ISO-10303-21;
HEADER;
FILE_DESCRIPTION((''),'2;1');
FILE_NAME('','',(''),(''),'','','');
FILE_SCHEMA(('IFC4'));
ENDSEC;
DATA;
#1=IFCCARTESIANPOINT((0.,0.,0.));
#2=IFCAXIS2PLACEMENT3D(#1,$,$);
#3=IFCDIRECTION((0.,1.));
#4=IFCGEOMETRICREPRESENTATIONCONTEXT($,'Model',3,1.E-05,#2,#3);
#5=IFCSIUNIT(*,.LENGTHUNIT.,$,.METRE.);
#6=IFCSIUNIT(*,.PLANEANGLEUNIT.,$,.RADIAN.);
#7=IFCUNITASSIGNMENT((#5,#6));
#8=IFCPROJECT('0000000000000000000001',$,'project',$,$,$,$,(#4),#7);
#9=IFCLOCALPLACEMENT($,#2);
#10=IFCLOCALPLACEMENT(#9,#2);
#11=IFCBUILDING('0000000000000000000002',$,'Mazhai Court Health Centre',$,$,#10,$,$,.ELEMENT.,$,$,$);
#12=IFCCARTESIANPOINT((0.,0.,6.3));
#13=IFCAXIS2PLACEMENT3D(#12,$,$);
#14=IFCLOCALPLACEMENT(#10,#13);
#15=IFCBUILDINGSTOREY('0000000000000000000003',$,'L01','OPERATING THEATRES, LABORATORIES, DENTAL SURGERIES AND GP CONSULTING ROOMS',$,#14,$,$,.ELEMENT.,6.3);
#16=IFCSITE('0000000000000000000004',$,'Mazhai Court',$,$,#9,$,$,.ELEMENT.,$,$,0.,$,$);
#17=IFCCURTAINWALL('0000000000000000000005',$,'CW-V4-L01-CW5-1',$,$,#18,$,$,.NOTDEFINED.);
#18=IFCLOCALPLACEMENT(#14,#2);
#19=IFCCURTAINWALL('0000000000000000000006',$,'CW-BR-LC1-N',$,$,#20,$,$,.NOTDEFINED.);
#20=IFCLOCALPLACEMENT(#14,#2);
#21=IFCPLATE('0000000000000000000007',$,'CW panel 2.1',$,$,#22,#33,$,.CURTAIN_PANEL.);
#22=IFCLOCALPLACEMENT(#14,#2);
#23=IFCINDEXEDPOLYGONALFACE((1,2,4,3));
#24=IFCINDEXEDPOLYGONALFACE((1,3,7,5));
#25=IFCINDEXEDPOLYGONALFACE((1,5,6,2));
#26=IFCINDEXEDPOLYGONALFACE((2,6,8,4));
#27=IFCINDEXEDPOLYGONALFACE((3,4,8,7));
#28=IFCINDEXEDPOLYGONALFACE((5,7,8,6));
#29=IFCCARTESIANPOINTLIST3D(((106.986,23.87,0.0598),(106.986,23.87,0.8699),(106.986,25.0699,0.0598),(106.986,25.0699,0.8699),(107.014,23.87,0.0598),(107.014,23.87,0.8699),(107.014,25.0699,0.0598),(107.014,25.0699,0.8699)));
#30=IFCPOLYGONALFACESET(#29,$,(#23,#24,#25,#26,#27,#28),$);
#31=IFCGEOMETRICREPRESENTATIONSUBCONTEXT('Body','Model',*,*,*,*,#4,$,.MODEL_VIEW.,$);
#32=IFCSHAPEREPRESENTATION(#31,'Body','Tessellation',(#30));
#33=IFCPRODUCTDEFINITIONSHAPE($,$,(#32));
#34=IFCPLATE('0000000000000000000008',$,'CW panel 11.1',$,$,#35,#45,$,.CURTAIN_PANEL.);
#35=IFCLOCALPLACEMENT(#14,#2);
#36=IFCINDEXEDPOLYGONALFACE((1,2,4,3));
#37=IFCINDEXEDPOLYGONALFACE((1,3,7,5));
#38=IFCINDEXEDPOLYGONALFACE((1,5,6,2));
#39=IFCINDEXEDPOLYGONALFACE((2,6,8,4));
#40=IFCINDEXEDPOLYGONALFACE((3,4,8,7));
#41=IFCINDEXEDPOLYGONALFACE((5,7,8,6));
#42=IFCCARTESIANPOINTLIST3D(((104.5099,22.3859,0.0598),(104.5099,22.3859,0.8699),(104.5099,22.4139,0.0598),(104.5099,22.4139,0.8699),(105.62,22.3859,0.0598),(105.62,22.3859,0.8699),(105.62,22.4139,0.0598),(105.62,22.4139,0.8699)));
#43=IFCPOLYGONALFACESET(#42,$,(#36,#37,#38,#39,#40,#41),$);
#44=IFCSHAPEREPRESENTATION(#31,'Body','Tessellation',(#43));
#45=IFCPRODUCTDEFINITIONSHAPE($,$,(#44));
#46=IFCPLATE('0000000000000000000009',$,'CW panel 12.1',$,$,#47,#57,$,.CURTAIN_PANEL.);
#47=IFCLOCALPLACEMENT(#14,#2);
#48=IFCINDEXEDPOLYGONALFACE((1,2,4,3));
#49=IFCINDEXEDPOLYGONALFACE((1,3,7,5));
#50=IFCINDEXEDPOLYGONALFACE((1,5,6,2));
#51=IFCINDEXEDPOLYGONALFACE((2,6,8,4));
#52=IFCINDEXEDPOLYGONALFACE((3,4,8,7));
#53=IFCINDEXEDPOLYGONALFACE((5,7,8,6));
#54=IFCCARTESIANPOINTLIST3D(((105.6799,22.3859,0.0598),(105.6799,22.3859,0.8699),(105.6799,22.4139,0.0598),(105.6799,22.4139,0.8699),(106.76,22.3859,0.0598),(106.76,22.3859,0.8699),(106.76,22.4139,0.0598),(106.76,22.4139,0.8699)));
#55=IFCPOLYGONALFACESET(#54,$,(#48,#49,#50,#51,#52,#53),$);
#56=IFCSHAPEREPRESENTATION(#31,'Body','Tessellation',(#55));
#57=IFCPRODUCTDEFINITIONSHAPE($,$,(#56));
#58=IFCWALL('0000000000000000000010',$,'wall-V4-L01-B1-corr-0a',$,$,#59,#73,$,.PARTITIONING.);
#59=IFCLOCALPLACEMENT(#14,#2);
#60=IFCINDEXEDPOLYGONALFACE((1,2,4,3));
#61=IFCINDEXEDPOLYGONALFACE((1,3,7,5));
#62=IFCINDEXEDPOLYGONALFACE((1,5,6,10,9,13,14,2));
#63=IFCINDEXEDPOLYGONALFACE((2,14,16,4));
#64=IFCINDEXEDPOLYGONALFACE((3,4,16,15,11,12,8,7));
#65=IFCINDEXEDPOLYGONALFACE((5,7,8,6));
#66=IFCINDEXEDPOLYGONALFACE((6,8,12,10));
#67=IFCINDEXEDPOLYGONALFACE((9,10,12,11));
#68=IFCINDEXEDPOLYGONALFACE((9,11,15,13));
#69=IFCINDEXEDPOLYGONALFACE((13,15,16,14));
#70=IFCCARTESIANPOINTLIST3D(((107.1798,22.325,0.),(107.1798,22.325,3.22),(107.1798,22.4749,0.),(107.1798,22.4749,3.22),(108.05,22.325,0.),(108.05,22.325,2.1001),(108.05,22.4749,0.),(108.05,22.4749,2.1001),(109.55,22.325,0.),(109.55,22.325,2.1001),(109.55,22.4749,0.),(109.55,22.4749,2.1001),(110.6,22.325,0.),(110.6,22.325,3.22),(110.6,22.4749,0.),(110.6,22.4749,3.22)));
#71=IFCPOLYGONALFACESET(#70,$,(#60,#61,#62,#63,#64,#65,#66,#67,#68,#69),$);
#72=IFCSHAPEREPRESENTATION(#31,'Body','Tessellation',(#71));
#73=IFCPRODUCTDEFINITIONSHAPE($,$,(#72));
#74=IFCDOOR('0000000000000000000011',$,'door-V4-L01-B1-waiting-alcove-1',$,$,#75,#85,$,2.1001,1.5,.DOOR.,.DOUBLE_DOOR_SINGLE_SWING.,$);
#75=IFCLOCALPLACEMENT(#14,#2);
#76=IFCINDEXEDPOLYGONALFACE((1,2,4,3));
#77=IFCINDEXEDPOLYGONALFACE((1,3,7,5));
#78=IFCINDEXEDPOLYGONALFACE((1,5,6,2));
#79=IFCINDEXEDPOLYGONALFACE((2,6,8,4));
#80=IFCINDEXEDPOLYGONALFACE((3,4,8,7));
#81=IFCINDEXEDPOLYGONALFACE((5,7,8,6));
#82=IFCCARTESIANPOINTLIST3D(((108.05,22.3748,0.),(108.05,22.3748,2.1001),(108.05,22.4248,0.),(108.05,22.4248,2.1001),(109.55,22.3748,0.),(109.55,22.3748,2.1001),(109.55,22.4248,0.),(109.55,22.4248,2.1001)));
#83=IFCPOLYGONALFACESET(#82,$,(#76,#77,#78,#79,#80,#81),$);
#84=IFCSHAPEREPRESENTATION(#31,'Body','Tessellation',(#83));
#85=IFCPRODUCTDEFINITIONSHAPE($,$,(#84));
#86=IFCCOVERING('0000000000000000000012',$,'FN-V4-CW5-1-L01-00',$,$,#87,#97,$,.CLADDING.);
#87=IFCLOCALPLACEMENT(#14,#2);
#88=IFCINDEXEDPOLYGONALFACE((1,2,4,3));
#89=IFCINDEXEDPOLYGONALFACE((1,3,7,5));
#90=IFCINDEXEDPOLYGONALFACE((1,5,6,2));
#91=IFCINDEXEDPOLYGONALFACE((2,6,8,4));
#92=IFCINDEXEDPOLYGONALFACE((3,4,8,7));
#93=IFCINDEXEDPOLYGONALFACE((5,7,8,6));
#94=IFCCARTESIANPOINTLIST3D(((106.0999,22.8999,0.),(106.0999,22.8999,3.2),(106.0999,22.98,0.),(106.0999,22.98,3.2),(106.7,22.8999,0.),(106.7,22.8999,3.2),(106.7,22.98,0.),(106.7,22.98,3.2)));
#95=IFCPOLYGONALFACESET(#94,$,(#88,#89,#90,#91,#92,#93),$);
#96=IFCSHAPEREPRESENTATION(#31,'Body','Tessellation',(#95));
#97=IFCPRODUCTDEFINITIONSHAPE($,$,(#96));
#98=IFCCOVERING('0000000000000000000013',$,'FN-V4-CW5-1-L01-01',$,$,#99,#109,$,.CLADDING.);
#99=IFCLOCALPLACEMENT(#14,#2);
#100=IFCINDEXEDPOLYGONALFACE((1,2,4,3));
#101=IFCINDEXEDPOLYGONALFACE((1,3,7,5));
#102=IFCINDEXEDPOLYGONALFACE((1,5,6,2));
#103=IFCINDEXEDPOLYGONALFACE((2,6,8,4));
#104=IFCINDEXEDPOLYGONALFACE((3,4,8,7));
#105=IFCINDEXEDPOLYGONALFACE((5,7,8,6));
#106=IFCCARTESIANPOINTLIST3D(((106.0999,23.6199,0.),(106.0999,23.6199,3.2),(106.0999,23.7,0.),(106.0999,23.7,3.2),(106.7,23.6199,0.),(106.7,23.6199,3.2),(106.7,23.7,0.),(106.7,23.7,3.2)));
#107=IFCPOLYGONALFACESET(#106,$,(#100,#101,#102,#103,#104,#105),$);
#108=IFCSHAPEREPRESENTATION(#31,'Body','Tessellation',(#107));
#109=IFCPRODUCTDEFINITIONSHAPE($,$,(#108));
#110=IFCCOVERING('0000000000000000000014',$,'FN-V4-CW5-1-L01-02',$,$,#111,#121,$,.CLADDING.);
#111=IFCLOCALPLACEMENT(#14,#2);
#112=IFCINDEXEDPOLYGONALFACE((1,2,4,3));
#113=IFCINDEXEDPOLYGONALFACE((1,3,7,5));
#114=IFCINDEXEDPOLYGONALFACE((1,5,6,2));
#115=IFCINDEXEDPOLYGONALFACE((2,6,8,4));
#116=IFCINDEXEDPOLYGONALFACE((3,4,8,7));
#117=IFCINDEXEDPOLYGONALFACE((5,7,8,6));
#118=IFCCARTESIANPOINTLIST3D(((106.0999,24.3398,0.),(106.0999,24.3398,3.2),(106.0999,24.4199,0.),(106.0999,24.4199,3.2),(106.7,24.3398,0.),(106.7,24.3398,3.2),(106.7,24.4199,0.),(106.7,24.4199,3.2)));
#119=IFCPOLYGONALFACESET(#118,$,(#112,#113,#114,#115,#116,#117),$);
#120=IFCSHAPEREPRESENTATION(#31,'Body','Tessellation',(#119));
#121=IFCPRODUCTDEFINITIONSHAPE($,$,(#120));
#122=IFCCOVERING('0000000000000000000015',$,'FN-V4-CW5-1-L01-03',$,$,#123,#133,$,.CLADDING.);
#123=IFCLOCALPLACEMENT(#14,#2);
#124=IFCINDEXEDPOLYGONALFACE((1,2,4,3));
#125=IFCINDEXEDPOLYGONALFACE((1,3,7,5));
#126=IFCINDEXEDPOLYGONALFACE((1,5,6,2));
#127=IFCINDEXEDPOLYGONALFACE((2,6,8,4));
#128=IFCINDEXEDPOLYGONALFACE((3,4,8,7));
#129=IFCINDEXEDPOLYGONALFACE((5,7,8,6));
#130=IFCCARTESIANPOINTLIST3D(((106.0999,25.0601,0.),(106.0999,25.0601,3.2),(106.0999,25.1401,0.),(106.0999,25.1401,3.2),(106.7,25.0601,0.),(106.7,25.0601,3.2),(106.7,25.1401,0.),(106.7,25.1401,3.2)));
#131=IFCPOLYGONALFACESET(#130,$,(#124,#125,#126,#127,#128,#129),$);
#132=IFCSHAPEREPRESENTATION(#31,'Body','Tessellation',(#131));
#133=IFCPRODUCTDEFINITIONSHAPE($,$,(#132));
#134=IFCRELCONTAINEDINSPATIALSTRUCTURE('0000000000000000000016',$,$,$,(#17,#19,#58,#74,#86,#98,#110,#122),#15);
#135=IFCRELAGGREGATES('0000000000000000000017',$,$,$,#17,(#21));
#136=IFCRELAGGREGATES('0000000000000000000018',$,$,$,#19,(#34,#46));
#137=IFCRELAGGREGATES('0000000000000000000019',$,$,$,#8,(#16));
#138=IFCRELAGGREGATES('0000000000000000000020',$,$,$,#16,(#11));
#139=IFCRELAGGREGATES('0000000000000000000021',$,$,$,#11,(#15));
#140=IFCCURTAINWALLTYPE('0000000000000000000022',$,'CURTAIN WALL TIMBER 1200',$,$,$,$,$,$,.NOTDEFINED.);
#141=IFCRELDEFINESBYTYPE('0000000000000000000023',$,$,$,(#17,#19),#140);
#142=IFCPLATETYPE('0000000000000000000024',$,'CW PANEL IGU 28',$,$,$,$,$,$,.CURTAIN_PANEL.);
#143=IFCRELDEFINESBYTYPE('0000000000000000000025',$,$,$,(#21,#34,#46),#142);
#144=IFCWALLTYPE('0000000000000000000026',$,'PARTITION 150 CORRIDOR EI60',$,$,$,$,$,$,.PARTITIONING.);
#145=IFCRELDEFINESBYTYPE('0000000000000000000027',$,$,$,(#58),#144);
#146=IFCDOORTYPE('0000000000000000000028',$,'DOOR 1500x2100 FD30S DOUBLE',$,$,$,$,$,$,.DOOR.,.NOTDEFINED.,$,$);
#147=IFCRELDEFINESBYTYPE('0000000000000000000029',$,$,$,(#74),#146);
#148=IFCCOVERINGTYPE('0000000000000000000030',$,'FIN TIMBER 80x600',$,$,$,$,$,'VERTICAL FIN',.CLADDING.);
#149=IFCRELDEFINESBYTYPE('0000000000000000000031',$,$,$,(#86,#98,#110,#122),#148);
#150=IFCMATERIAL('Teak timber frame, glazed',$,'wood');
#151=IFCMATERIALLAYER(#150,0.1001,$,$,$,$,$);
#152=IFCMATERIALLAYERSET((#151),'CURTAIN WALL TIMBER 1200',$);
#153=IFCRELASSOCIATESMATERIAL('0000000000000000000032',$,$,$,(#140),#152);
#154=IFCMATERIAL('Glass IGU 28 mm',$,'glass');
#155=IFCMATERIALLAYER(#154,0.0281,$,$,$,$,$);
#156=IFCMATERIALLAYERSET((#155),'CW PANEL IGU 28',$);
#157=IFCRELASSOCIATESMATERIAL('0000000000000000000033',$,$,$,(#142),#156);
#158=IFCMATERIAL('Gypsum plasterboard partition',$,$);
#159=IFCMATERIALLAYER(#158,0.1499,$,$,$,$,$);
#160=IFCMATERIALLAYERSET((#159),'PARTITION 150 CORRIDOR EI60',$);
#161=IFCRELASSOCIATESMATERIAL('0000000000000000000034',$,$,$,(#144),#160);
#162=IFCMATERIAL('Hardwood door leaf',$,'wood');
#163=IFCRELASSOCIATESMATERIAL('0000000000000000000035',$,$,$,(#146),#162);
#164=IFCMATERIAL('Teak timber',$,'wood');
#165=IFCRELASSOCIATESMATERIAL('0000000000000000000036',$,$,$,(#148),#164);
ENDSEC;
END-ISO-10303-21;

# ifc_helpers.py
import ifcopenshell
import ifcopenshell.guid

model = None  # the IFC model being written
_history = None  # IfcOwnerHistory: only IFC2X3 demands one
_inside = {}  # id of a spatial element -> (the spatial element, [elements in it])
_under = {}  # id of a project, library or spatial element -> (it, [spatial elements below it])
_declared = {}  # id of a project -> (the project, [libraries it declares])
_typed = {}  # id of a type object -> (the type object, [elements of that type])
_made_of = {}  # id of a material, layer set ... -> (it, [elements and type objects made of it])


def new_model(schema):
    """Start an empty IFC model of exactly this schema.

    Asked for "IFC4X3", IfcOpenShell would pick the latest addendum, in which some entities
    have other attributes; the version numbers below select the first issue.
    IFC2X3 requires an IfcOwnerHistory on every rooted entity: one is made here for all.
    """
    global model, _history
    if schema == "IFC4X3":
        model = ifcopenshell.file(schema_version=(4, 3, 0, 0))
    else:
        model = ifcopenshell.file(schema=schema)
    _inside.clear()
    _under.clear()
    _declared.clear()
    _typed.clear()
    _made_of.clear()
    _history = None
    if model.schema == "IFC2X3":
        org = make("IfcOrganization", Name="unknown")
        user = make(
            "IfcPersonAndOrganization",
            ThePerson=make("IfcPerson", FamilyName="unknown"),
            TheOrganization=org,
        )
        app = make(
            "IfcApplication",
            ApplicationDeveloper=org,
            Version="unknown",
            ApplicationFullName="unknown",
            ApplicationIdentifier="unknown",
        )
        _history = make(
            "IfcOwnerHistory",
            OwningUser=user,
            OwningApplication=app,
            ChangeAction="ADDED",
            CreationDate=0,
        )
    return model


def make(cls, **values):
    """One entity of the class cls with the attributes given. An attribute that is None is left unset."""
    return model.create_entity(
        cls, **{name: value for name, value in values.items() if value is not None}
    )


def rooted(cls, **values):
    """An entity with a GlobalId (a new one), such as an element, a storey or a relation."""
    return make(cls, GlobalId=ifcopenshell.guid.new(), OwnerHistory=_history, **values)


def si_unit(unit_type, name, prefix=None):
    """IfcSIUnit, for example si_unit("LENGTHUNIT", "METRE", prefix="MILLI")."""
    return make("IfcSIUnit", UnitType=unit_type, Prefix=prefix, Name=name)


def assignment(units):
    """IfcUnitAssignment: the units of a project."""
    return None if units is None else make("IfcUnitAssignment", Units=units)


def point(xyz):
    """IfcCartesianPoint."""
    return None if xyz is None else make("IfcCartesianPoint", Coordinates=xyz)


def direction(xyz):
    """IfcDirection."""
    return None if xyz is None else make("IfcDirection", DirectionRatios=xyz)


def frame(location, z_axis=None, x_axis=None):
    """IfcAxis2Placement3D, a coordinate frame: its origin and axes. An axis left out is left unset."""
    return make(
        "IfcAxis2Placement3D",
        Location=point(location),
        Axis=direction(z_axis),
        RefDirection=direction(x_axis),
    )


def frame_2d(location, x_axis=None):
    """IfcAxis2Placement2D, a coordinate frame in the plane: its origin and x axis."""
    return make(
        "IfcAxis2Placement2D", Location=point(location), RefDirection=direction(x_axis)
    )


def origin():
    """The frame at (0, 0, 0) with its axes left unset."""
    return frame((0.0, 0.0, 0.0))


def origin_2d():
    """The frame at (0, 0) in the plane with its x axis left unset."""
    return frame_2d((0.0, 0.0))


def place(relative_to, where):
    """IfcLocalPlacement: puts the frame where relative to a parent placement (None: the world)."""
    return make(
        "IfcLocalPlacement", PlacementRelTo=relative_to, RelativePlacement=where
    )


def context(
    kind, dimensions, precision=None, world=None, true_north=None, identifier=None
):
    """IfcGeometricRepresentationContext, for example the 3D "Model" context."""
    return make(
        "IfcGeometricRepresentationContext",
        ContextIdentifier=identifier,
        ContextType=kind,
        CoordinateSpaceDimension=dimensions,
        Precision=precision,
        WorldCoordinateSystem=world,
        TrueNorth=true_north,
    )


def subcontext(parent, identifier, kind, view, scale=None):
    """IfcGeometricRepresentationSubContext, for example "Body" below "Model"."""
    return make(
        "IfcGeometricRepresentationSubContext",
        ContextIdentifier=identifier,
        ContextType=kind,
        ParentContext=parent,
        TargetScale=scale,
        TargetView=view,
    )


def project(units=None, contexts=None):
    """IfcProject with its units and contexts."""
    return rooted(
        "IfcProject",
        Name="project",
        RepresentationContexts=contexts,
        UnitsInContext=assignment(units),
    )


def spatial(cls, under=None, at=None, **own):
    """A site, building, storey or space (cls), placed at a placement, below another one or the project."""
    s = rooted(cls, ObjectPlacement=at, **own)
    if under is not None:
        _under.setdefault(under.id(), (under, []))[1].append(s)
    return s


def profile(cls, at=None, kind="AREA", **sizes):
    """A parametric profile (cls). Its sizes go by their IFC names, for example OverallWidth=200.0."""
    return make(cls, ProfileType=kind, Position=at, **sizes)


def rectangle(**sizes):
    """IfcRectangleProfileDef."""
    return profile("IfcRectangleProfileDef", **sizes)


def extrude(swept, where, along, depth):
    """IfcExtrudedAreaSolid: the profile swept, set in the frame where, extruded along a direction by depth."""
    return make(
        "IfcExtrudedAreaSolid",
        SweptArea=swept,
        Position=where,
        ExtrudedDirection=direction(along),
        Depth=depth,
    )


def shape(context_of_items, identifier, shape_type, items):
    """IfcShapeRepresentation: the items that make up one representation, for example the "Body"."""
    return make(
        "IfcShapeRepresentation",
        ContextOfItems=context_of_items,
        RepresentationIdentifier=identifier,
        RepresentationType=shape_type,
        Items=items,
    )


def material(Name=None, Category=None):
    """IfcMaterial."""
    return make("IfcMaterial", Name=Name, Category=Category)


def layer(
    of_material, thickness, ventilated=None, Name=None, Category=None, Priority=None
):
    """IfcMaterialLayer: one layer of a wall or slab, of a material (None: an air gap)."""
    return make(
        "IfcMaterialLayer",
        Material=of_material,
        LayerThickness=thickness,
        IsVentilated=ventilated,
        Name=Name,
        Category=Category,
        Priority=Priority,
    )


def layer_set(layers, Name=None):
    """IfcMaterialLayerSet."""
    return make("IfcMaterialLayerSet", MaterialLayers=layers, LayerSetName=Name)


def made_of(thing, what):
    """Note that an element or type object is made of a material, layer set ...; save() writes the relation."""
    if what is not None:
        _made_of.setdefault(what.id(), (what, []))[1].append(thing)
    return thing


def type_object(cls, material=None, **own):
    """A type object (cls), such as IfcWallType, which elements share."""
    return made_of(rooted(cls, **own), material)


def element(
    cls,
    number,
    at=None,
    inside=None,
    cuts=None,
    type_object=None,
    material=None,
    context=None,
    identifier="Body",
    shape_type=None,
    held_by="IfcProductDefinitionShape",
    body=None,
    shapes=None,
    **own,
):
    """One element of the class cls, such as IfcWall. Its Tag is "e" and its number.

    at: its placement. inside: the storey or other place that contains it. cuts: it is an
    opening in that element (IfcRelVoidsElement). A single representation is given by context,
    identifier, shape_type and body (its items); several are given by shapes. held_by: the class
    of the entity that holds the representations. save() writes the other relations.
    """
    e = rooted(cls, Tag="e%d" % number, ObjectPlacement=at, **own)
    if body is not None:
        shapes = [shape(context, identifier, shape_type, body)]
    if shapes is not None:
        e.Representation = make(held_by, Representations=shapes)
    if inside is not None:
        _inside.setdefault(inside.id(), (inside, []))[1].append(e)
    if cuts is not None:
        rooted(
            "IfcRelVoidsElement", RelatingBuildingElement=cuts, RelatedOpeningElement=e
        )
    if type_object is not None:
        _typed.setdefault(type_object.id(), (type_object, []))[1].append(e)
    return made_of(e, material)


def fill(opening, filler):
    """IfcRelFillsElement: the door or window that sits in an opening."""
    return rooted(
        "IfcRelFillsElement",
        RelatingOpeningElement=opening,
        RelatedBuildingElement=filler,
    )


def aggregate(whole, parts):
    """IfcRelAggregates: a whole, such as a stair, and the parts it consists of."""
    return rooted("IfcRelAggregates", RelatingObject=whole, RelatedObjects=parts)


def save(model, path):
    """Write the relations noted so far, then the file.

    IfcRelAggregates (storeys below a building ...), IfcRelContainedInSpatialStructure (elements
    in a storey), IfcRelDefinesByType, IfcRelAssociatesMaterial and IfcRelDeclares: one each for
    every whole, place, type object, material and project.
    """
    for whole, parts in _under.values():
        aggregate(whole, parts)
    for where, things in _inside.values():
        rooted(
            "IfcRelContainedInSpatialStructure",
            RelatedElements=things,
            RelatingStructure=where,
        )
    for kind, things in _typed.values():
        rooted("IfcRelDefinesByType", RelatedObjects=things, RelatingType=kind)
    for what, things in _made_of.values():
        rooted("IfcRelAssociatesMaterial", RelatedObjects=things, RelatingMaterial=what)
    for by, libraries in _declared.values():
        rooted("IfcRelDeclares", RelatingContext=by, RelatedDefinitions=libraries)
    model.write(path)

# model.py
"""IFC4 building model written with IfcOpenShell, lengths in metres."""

from ifc_helpers import new_model, si_unit, direction, frame, frame_2d, origin, origin_2d, place, context, subcontext, project, spatial, rectangle, extrude, material, layer, layer_set, type_object, element, fill, aggregate, save


model = new_model("IFC4")

# Units and contexts
model_context = context("Model", 3, precision=1e-05, world=origin(), true_north=direction((0.0, 1.0)))
body_context = subcontext(model_context, "Body", "Model", "MODEL_VIEW")
ifc_project = project(units=[si_unit("LENGTHUNIT", "METRE"), si_unit("PLANEANGLEUNIT", "RADIAN")], contexts=[model_context])

# Site, building, storey
site_placement = place(None, origin())
site = spatial("IfcSite", under=ifc_project, at=site_placement, Name="Mazhai Court", CompositionType="ELEMENT", RefElevation=0.0)
building_placement = place(site_placement, origin())
building = spatial("IfcBuilding", under=site, at=building_placement, Name="Mazhai Court Health Centre", CompositionType="ELEMENT")
storey_placement = place(building_placement, frame((0.0, 0.0, 6.3)))
storey = spatial("IfcBuildingStorey", under=building, at=storey_placement, Name="L01", Description="OPERATING THEATRES, LABORATORIES, DENTAL SURGERIES AND GP CONSULTING ROOMS", CompositionType="ELEMENT", Elevation=6.3)

# Curtain walls
ifc_material_1 = material(Name="Teak timber frame, glazed", Category="wood")
ifc_layer_1 = layer(ifc_material_1, 0.1001)
ifc_layer_set_1 = layer_set([ifc_layer_1], Name="CURTAIN WALL TIMBER 1200")
curtain_wall_type = type_object("IfcCurtainWallType", Name="CURTAIN WALL TIMBER 1200", PredefinedType="NOTDEFINED", material=ifc_layer_set_1)
curtain_wall_1_placement = place(storey_placement, origin())
curtain_wall_1 = element("IfcCurtainWall", 1, at=curtain_wall_1_placement, inside=storey, type_object=curtain_wall_type, Name="CW-V4-L01-CW5-1", PredefinedType="NOTDEFINED")
curtain_wall_2_placement = place(storey_placement, origin())
curtain_wall_2 = element("IfcCurtainWall", 2, at=curtain_wall_2_placement, inside=storey, type_object=curtain_wall_type, Name="CW-BR-LC1-N", PredefinedType="NOTDEFINED")

# Plates
ifc_material_2 = material(Name="Glass IGU 28 mm", Category="glass")
ifc_layer_2 = layer(ifc_material_2, 0.0281)
ifc_layer_set_2 = layer_set([ifc_layer_2], Name="CW PANEL IGU 28")
plate_type = type_object("IfcPlateType", Name="CW PANEL IGU 28", PredefinedType="CURTAIN_PANEL", material=ifc_layer_set_2)
plate_1_placement = place(storey_placement, frame((107.0, 24.47, 0.0598), z_axis=(0.0, 0.0, 1.0), x_axis=(0.0, 1.0, 0.0)))
plate_1 = element("IfcPlate", 3, at=plate_1_placement, type_object=plate_type, Name="CW panel 2.1", PredefinedType="CURTAIN_PANEL", context=body_context, shape_type="SweptSolid", body=[
    extrude(rectangle(XDim=1.2, YDim=0.0281, at=origin_2d()), origin(), (0.0, 0.0, 1.0), 0.8101),
])
aggregate(curtain_wall_1, [plate_1])
plate_2_placement = place(storey_placement, frame((105.0649, 22.3999, 0.0598), z_axis=(0.0, 0.0, 1.0), x_axis=(1.0, 0.0, 0.0)))
plate_2 = element("IfcPlate", 4, at=plate_2_placement, type_object=plate_type, Name="CW panel 11.1", PredefinedType="CURTAIN_PANEL", context=body_context, shape_type="SweptSolid", body=[
    extrude(rectangle(XDim=1.1101, YDim=0.0281, at=origin_2d()), origin(), (0.0, 0.0, 1.0), 0.8101),
])
plate_3_placement = place(storey_placement, frame((106.22, 22.3999, 0.0598), z_axis=(0.0, 0.0, 1.0), x_axis=(1.0, 0.0, 0.0)))
plate_3 = element("IfcPlate", 5, at=plate_3_placement, type_object=plate_type, Name="CW panel 12.1", PredefinedType="CURTAIN_PANEL", context=body_context, shape_type="SweptSolid", body=[
    extrude(rectangle(XDim=1.0801, YDim=0.0281, at=origin_2d()), origin(), (0.0, 0.0, 1.0), 0.8101),
])
aggregate(curtain_wall_2, [plate_2, plate_3])

# Wall, opening, door
ifc_material_3 = material(Name="Gypsum plasterboard partition")
ifc_layer_3 = layer(ifc_material_3, 0.1499)
ifc_layer_set_3 = layer_set([ifc_layer_3], Name="PARTITION 150 CORRIDOR EI60")
wall_type = type_object("IfcWallType", Name="PARTITION 150 CORRIDOR EI60", PredefinedType="PARTITIONING", material=ifc_layer_set_3)
wall_placement = place(storey_placement, frame((107.1799, 22.3999, 0.0), z_axis=(0.0, 0.0, 1.0), x_axis=(1.0, 0.0, 0.0)))
wall = element("IfcWall", 6, at=wall_placement, inside=storey, type_object=wall_type, Name="wall-V4-L01-B1-corr-0a", PredefinedType="PARTITIONING", context=body_context, shape_type="SweptSolid", body=[
    extrude(rectangle(XDim=3.4202, YDim=0.1499, at=frame_2d((1.71, 0.0))), origin(), (0.0, 0.0, 1.0), 3.22),
])
opening_placement = place(wall_placement, frame((0.8701, 0.0, 0.0)))
opening = element("IfcOpeningElement", 7, at=opening_placement, cuts=wall, PredefinedType="OPENING", context=body_context, shape_type="SweptSolid", body=[
    extrude(rectangle(XDim=1.5, YDim=2.1001, at=frame_2d((0.75, 1.05))), frame((0.0, 0.085, 0.0), z_axis=(0.0, -1.0, 0.0), x_axis=(1.0, 0.0, 0.0)), (0.0, 0.0, 1.0), 0.1699),
])
ifc_material_4 = material(Name="Hardwood door leaf", Category="wood")
door_type = type_object("IfcDoorType", Name="DOOR 1500x2100 FD30S DOUBLE", OperationType="NOTDEFINED", PredefinedType="DOOR", material=ifc_material_4)
door_placement = place(opening_placement, origin())
door = element("IfcDoor", 8, at=door_placement, inside=storey, type_object=door_type, Name="door-V4-L01-B1-waiting-alcove-1", OperationType="DOUBLE_DOOR_SINGLE_SWING", OverallHeight=2.1001, OverallWidth=1.5, PredefinedType="DOOR", context=body_context, shape_type="SweptSolid", body=[
    extrude(rectangle(XDim=1.5, YDim=2.1001, at=frame_2d((0.75, 1.05))), frame((0.0, 0.0249, 0.0), z_axis=(0.0, -1.0, 0.0), x_axis=(1.0, 0.0, 0.0)), (0.0, 0.0, 1.0), 0.05),
])
fill(opening, door)

# Coverings
ifc_material_5 = material(Name="Teak timber", Category="wood")
covering_type = type_object("IfcCoveringType", Name="FIN TIMBER 80x600", ElementType="VERTICAL FIN", PredefinedType="CLADDING", material=ifc_material_5)
for number, where, z_axis, x_axis, name in (
    (9, (106.3999, 22.9399, 0.0), (0.0, 0.0, 1.0), (0.0, 1.0, 0.0), "FN-V4-CW5-1-L01-00"),
    (10, (106.3999, 23.6599, 0.0), (0.0, 0.0, 1.0), (0.0, 1.0, 0.0), "FN-V4-CW5-1-L01-01"),
    (11, (106.3999, 24.3799, 0.0), (0.0, 0.0, 1.0), (0.0, 1.0, 0.0), "FN-V4-CW5-1-L01-02"),
    (12, (106.3999, 25.1001, 0.0), (0.0, 0.0, 1.0), (0.0, 1.0, 0.0), "FN-V4-CW5-1-L01-03"),
):
    element("IfcCovering", number, at=place(storey_placement, frame(where, z_axis=z_axis, x_axis=x_axis)), inside=storey, type_object=covering_type, Name=name, PredefinedType="CLADDING", context=body_context, shape_type="SweptSolid", body=[
        extrude(rectangle(XDim=0.0801, YDim=0.6001, at=origin_2d()), origin(), (0.0, 0.0, 1.0), 3.2),
    ])

save(model, "model.ifc")
